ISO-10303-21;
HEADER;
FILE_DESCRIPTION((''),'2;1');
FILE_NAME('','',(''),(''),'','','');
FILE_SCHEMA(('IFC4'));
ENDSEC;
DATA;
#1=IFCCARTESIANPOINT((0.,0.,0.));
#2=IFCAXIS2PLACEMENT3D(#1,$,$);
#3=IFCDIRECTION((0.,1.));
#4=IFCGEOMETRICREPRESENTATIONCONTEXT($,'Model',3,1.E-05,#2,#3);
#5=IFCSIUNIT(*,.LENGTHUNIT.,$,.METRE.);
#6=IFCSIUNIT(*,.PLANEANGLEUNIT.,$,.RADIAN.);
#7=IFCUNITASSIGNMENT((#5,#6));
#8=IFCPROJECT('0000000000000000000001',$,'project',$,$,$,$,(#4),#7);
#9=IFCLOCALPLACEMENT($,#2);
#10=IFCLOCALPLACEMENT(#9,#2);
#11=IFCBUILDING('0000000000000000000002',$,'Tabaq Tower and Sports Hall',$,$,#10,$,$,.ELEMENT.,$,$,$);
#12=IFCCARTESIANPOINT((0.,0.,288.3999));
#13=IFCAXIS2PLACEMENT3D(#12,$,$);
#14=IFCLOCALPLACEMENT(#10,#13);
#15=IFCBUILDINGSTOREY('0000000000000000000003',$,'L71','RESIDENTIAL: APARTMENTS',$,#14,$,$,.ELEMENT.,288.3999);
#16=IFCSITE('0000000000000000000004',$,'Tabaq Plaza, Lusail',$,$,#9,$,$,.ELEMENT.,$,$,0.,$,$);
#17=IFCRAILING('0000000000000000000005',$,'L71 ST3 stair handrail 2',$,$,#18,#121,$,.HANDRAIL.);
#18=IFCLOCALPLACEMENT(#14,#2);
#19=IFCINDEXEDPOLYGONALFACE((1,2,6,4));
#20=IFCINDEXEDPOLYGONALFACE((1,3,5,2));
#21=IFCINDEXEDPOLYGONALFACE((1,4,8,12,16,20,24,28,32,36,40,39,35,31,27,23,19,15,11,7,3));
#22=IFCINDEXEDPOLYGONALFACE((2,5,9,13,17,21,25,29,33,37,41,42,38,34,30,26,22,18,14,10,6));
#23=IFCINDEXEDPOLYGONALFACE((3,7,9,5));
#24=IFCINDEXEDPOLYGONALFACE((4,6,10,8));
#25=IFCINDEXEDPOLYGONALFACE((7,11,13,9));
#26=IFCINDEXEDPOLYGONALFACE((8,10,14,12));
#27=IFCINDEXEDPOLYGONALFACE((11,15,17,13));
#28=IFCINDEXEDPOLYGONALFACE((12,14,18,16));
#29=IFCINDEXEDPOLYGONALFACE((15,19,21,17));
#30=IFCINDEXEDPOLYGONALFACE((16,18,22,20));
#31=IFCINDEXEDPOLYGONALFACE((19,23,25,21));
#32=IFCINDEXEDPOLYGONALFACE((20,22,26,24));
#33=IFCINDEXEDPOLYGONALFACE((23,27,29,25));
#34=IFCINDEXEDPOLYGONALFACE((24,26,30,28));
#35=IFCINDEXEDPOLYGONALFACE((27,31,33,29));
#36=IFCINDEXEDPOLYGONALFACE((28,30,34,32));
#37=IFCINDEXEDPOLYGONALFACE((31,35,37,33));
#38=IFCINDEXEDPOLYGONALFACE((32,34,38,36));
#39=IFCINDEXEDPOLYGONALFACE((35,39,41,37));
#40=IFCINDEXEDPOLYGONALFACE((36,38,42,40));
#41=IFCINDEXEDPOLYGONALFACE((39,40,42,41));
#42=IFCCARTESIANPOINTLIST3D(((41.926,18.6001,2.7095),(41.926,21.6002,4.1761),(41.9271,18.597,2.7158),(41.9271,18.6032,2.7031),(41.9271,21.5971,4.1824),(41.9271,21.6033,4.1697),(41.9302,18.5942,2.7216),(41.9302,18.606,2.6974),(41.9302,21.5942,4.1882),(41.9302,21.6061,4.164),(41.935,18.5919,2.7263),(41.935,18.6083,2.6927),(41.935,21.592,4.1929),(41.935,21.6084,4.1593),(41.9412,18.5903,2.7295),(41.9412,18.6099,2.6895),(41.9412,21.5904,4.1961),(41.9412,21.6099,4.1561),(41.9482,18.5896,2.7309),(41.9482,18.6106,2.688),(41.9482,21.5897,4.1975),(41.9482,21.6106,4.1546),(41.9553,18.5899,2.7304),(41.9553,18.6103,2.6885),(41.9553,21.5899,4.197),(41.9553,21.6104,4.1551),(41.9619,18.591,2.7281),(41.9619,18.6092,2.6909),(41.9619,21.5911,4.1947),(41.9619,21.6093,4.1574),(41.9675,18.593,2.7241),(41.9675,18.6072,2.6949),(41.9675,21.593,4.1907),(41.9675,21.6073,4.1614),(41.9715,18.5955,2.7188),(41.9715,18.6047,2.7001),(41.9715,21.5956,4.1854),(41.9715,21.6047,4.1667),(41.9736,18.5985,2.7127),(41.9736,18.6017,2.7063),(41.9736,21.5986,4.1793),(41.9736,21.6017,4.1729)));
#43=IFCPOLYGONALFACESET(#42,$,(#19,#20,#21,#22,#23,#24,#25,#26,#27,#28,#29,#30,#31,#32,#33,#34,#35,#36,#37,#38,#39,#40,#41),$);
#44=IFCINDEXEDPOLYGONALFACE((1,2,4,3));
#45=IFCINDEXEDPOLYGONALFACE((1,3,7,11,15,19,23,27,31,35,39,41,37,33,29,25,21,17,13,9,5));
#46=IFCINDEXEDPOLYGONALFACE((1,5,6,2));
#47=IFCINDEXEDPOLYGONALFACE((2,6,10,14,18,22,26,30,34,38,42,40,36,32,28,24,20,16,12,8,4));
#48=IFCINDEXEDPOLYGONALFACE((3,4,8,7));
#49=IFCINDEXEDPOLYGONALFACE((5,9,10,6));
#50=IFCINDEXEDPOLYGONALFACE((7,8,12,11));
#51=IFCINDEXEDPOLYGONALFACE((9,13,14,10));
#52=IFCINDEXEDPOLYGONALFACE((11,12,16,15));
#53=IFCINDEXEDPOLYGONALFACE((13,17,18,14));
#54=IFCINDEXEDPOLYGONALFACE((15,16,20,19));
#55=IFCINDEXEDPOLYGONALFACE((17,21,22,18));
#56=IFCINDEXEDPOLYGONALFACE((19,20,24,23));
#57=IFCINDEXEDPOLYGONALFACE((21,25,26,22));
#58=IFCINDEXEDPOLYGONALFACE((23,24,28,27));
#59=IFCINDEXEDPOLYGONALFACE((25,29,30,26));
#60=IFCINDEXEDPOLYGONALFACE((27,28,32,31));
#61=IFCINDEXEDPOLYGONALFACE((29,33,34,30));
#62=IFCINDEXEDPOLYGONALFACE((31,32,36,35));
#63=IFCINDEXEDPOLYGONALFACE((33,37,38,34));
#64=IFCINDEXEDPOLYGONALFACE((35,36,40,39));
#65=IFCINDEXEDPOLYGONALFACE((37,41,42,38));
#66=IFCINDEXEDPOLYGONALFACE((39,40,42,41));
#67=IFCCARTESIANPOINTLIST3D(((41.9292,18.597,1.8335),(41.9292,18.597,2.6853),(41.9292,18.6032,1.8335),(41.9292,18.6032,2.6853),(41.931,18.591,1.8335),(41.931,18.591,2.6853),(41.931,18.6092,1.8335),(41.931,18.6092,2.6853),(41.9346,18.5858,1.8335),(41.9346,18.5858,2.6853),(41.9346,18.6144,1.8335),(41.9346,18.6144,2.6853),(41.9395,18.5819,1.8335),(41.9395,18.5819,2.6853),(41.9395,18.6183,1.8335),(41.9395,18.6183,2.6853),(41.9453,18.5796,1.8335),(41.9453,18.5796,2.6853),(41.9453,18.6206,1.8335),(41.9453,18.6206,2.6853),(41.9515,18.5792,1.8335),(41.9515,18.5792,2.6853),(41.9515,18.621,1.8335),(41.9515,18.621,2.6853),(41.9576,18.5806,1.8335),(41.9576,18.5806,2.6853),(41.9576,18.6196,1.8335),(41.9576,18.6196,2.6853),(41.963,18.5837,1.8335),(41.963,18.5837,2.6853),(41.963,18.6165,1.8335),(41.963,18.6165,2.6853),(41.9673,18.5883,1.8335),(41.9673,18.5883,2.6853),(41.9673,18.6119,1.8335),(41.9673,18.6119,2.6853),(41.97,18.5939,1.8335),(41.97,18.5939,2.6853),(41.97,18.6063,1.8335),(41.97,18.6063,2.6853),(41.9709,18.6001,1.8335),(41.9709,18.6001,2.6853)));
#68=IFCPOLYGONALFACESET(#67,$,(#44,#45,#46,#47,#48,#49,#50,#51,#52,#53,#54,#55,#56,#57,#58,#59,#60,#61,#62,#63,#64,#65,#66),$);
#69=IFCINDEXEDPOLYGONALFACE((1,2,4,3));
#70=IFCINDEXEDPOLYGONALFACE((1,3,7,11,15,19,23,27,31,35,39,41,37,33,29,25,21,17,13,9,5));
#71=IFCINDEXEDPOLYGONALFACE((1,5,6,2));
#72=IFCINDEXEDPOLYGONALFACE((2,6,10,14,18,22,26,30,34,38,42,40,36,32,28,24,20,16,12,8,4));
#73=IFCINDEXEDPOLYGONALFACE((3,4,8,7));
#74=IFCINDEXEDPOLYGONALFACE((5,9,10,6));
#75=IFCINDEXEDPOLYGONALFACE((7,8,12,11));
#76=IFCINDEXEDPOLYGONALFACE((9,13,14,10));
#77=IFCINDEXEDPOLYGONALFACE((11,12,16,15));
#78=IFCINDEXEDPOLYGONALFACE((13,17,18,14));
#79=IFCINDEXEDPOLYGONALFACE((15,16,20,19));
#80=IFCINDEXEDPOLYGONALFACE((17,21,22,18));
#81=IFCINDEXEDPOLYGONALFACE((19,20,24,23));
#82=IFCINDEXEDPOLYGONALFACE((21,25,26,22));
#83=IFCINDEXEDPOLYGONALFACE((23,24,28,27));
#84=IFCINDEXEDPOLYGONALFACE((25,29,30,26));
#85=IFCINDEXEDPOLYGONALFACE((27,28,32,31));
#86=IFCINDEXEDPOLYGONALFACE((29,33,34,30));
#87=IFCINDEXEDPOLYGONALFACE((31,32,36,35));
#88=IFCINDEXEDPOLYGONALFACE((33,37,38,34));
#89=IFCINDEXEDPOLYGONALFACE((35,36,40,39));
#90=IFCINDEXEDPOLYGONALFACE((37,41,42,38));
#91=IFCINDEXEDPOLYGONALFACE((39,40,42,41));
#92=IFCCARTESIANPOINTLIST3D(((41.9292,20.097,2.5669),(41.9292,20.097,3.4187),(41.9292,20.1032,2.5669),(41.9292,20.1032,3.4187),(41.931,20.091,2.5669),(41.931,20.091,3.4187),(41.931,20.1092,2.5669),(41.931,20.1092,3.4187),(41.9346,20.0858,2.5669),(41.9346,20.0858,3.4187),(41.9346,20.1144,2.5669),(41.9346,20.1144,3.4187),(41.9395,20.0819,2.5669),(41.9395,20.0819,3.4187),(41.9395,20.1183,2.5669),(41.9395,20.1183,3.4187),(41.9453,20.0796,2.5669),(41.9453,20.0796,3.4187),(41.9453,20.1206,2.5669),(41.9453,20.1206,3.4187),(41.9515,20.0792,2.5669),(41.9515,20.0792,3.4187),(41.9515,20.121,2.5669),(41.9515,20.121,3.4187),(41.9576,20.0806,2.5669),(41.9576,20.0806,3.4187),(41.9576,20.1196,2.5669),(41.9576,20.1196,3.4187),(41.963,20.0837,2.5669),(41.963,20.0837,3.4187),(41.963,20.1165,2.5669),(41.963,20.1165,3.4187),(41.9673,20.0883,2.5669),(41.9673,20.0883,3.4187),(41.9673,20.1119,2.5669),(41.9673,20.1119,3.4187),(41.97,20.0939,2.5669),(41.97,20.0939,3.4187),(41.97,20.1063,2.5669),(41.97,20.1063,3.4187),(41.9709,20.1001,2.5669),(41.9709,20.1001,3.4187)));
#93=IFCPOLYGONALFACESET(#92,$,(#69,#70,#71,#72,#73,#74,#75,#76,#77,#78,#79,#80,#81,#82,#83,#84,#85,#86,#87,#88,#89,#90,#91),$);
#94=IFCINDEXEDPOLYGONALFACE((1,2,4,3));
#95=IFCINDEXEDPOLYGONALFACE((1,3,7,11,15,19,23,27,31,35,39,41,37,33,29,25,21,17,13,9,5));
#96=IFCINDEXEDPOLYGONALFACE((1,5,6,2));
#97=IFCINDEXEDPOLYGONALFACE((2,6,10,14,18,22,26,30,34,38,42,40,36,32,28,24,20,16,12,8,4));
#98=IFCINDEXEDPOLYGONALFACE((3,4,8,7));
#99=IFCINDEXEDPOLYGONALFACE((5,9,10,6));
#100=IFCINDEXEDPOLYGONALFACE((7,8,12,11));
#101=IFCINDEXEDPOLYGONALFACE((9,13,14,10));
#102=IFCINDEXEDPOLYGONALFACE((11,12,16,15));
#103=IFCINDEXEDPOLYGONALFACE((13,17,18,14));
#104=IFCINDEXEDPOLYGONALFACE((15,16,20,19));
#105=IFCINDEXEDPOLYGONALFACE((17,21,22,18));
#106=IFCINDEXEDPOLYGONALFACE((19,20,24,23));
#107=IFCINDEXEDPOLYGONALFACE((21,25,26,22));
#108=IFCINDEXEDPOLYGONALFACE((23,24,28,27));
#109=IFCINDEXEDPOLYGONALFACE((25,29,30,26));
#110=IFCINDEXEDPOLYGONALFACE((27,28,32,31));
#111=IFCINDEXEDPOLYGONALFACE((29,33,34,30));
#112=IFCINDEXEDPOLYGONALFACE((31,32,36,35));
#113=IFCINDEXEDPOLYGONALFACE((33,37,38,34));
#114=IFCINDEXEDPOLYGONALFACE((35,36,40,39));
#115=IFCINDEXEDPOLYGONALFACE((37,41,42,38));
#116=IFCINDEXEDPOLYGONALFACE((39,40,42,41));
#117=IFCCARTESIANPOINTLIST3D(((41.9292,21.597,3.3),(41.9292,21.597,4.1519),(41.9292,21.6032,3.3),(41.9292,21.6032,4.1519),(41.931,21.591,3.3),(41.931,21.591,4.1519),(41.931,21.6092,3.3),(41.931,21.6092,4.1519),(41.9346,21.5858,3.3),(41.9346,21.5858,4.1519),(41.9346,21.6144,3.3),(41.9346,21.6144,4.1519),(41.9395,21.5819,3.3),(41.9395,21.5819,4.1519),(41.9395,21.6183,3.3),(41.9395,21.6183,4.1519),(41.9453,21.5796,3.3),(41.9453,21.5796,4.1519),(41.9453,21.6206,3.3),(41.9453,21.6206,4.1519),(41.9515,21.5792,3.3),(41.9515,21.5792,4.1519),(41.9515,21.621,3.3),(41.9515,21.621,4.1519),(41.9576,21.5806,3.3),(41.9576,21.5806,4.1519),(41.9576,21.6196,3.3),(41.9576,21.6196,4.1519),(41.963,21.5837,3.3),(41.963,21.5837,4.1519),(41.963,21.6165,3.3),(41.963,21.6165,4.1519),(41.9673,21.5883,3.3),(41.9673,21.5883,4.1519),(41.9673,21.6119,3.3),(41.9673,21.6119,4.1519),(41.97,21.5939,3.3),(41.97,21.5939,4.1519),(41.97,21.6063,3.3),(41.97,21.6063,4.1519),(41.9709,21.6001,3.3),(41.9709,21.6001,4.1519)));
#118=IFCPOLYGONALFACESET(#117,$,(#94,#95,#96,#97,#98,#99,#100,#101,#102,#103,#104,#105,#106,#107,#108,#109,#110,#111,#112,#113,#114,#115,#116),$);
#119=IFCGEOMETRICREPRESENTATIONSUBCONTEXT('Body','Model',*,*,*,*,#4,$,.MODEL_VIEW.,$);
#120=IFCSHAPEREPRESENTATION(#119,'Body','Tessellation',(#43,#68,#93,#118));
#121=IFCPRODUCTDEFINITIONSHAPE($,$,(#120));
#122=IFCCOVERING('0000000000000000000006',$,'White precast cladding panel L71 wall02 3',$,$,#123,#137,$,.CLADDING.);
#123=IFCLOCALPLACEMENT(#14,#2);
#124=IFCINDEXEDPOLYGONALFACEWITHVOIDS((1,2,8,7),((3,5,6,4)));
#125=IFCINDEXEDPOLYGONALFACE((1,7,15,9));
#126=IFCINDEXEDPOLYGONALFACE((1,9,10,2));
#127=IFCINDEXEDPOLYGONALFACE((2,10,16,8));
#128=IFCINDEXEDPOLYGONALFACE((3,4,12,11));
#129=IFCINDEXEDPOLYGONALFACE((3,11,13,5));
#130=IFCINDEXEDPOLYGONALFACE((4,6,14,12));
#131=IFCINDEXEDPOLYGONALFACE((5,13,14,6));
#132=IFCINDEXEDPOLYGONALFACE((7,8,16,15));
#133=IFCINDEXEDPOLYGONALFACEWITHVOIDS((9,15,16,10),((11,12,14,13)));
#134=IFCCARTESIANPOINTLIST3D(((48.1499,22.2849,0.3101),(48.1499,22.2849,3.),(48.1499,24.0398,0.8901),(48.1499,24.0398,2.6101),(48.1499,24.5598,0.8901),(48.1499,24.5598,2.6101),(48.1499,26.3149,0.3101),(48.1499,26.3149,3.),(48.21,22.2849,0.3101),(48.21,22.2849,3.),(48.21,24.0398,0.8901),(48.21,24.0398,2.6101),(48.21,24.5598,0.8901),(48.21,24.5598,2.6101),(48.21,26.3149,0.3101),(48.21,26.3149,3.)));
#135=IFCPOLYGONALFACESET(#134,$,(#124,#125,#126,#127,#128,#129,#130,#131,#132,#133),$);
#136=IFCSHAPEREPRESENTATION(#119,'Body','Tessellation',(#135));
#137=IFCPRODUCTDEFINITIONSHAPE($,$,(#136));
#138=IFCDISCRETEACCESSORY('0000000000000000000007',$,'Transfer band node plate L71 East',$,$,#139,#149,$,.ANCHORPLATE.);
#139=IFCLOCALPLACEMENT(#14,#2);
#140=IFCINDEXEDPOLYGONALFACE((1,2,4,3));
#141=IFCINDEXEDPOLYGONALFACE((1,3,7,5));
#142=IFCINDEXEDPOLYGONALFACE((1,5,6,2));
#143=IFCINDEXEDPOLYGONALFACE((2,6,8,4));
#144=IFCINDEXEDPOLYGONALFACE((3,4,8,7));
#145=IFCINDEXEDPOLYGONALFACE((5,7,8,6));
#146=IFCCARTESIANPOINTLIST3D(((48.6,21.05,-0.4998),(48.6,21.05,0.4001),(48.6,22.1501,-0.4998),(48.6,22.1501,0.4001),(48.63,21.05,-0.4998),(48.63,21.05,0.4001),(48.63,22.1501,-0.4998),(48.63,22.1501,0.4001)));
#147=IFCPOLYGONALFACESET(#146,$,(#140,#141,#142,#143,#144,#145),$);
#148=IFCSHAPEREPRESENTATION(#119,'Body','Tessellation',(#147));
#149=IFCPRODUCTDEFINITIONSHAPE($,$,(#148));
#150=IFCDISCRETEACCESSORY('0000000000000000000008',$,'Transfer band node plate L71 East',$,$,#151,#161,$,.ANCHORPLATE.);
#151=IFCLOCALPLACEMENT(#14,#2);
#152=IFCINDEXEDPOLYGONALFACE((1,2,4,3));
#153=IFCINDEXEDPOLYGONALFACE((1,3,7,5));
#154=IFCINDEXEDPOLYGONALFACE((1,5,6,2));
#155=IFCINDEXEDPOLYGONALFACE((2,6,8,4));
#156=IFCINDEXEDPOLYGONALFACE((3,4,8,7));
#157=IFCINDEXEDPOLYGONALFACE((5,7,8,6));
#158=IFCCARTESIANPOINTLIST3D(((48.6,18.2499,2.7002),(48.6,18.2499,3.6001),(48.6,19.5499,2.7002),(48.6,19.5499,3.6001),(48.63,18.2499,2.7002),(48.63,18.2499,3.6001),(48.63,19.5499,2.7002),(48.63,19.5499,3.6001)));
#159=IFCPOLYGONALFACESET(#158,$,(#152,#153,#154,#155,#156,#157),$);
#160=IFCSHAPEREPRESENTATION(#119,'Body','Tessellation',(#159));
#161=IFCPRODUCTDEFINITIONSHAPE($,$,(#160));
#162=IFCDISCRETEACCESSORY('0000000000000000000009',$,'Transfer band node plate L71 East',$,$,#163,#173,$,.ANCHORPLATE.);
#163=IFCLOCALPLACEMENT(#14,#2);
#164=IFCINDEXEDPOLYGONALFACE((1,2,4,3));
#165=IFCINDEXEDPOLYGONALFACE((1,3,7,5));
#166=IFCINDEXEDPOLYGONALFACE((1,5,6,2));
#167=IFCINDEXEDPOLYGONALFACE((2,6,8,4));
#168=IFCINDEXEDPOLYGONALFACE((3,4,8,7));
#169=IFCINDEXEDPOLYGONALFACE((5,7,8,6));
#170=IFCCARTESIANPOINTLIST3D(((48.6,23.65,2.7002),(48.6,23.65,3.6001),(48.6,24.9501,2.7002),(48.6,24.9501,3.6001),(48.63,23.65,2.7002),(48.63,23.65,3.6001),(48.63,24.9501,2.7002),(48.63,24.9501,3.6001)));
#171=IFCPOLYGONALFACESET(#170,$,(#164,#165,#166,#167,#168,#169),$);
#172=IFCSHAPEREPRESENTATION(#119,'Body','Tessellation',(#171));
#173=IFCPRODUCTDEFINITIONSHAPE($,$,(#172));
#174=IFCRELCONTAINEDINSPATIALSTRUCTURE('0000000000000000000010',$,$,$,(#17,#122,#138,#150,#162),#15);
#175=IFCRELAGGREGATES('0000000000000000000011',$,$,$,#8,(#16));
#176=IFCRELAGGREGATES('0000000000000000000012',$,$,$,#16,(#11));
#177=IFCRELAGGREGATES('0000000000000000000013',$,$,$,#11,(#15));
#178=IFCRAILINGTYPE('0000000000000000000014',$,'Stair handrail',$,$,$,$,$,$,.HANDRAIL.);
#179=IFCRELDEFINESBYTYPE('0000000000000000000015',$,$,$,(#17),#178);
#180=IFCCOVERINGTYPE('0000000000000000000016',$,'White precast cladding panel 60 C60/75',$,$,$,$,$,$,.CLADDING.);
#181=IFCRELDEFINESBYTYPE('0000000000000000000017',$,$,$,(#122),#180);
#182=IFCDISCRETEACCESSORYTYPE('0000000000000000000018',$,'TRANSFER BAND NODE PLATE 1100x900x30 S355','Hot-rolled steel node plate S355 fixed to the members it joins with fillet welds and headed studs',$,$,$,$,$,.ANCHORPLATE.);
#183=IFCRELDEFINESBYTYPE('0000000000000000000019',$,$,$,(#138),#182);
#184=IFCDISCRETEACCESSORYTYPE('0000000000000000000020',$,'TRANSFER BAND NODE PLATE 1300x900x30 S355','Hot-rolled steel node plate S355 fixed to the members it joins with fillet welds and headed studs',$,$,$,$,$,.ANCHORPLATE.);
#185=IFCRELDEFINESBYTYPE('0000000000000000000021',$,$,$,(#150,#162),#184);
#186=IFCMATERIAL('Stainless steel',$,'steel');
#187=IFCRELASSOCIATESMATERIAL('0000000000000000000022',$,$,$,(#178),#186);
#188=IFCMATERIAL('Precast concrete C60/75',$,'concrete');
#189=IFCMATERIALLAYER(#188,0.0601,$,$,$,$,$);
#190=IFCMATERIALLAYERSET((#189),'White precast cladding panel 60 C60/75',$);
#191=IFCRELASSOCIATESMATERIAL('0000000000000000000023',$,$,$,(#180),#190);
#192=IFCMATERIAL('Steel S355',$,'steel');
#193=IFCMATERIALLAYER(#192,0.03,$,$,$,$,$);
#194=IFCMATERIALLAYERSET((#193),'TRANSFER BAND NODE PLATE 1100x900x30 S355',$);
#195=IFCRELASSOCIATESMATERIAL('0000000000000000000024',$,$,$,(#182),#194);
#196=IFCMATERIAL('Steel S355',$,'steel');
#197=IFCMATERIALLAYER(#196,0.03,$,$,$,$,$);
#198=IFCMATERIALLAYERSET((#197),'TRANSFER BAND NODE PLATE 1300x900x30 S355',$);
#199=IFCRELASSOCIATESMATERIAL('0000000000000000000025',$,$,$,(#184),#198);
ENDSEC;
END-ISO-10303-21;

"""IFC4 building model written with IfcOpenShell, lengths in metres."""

from ifc_helpers import new_model, si_unit, direction, frame, origin, origin_2d, place, context, subcontext, project, spatial, polyline, rectangle, circle, outline, extrude, material, layer, layer_set, type_object, element, save


model = new_model("IFC4")

# Units and contexts
model_context = context("Model", 3, precision=1e-05, world=origin(), true_north=direction((0.0, 1.0)))
body_context = subcontext(model_context, "Body", "Model", "MODEL_VIEW")
ifc_project = project(units=[si_unit("LENGTHUNIT", "METRE"), si_unit("PLANEANGLEUNIT", "RADIAN")], contexts=[model_context])

# Site, building, storey
site_placement = place(None, origin())
site = spatial("IfcSite", under=ifc_project, at=site_placement, Name="Tabaq Plaza, Lusail", CompositionType="ELEMENT", RefElevation=0.0)
building_placement = place(site_placement, origin())
building = spatial("IfcBuilding", under=site, at=building_placement, Name="Tabaq Tower and Sports Hall", CompositionType="ELEMENT")
storey_placement = place(building_placement, frame((0.0, 0.0, 288.3999)))
storey = spatial("IfcBuildingStorey", under=building, at=storey_placement, Name="L71", Description="RESIDENTIAL: APARTMENTS", CompositionType="ELEMENT", Elevation=288.3999)

# Railing
ifc_material_1 = material(Name="Stainless steel", Category="steel")
railing_type_1 = type_object("IfcRailingType", Name="Stair handrail", PredefinedType="HANDRAIL", material=ifc_material_1)
railing_1_placement = place(storey_placement, frame((41.95, 18.6001, 1.8335)))
element("IfcRailing", 1, at=railing_1_placement, inside=storey, type_object=railing_type_1, Name="L71 ST3 stair handrail 2", PredefinedType="HANDRAIL", context=body_context, shape_type="SweptSolid", body=[
    extrude(circle(Radius=0.0239, at=origin_2d()), frame((0.0, 0.0, 0.876), z_axis=(0.0, 0.898398, 0.439183), x_axis=(-1.0, 0.0, 0.0)), (0.0, 0.0, 1.0), 3.3394),
    extrude(circle(Radius=0.021, at=origin_2d()), origin(), (0.0, 0.0, 1.0), 0.8518),
    extrude(circle(Radius=0.021, at=origin_2d()), frame((0.0, 1.5, 0.7334)), (0.0, 0.0, 1.0), 0.8518),
    extrude(circle(Radius=0.021, at=origin_2d()), frame((0.0, 3.0, 1.4666)), (0.0, 0.0, 1.0), 0.8518),
])

# Covering
ifc_material_2 = material(Name="Precast concrete C60/75", Category="concrete")
ifc_layer_1 = layer(ifc_material_2, 0.0601)
ifc_layer_set_1 = layer_set([ifc_layer_1], Name="White precast cladding panel 60 C60/75")
covering_type_1 = type_object("IfcCoveringType", Name="White precast cladding panel 60 C60/75", PredefinedType="CLADDING", material=ifc_layer_set_1)
covering_1_placement = place(storey_placement, frame((48.1799, 22.2849, 0.3101), z_axis=(0.0, 0.0, 1.0), x_axis=(0.0, 1.0, 0.0)))
element("IfcCovering", 2, at=covering_1_placement, inside=storey, type_object=covering_type_1, Name="White precast cladding panel L71 wall02 3", PredefinedType="CLADDING", context=body_context, shape_type="SweptSolid", body=[
    extrude(outline(polyline([(0.0, 0.0), (4.03, 0.0), (4.03, 2.6899), (0.0, 2.6899), (0.0, 0.0)]), holes=[polyline([(1.7549, 0.5801), (1.7549, 2.3), (2.2749, 2.3), (2.2749, 0.5801), (1.7549, 0.5801)])]), frame((0.0, 0.03, 0.0), z_axis=(0.0, -1.0, 0.0), x_axis=(1.0, 0.0, 0.0)), (0.0, 0.0, 1.0), 0.0601),
])

# Discrete accessories
ifc_material_3 = material(Name="Steel S355", Category="steel")
ifc_layer_2 = layer(ifc_material_3, 0.03)
ifc_layer_set_2 = layer_set([ifc_layer_2], Name="TRANSFER BAND NODE PLATE 1100x900x30 S355")
discrete_accessory_type_1 = type_object("IfcDiscreteAccessoryType", Name="TRANSFER BAND NODE PLATE 1100x900x30 S355", Description="Hot-rolled steel node plate S355 fixed to the members it joins with fillet welds and headed studs", PredefinedType="ANCHORPLATE", material=ifc_layer_set_2)
discrete_accessory_placement = place(storey_placement, frame((48.615, 21.6001, -0.4998), z_axis=(0.0, 0.0, 1.0), x_axis=(0.0, 1.0, 0.0)))
element("IfcDiscreteAccessory", 3, at=discrete_accessory_placement, inside=storey, type_object=discrete_accessory_type_1, Name="Transfer band node plate L71 East", PredefinedType="ANCHORPLATE", context=body_context, shape_type="SweptSolid", body=[
    extrude(rectangle(XDim=1.1001, YDim=0.03, at=origin_2d()), origin(), (0.0, 0.0, 1.0), 0.8999),
])
ifc_material_4 = material(Name="Steel S355", Category="steel")
ifc_layer_3 = layer(ifc_material_4, 0.03)
ifc_layer_set_3 = layer_set([ifc_layer_3], Name="TRANSFER BAND NODE PLATE 1300x900x30 S355")
discrete_accessory_type_2 = type_object("IfcDiscreteAccessoryType", Name="TRANSFER BAND NODE PLATE 1300x900x30 S355", Description="Hot-rolled steel node plate S355 fixed to the members it joins with fillet welds and headed studs", PredefinedType="ANCHORPLATE", material=ifc_layer_set_3)
for number, where, z_axis, x_axis, name in (
    (4, (48.615, 18.8999, 2.7002), (0.0, 0.0, 1.0), (0.0, 1.0, 0.0), "Transfer band node plate L71 East"),
    (5, (48.615, 24.3, 2.7002), (0.0, 0.0, 1.0), (0.0, 1.0, 0.0), "Transfer band node plate L71 East"),
):
    element("IfcDiscreteAccessory", number, at=place(storey_placement, frame(where, z_axis=z_axis, x_axis=x_axis)), inside=storey, type_object=discrete_accessory_type_2, Name=name, PredefinedType="ANCHORPLATE", context=body_context, shape_type="SweptSolid", body=[
        extrude(rectangle(XDim=1.3, YDim=0.03, at=origin_2d()), origin(), (0.0, 0.0, 1.0), 0.8999),
    ])

save(model, "model.ifc")
